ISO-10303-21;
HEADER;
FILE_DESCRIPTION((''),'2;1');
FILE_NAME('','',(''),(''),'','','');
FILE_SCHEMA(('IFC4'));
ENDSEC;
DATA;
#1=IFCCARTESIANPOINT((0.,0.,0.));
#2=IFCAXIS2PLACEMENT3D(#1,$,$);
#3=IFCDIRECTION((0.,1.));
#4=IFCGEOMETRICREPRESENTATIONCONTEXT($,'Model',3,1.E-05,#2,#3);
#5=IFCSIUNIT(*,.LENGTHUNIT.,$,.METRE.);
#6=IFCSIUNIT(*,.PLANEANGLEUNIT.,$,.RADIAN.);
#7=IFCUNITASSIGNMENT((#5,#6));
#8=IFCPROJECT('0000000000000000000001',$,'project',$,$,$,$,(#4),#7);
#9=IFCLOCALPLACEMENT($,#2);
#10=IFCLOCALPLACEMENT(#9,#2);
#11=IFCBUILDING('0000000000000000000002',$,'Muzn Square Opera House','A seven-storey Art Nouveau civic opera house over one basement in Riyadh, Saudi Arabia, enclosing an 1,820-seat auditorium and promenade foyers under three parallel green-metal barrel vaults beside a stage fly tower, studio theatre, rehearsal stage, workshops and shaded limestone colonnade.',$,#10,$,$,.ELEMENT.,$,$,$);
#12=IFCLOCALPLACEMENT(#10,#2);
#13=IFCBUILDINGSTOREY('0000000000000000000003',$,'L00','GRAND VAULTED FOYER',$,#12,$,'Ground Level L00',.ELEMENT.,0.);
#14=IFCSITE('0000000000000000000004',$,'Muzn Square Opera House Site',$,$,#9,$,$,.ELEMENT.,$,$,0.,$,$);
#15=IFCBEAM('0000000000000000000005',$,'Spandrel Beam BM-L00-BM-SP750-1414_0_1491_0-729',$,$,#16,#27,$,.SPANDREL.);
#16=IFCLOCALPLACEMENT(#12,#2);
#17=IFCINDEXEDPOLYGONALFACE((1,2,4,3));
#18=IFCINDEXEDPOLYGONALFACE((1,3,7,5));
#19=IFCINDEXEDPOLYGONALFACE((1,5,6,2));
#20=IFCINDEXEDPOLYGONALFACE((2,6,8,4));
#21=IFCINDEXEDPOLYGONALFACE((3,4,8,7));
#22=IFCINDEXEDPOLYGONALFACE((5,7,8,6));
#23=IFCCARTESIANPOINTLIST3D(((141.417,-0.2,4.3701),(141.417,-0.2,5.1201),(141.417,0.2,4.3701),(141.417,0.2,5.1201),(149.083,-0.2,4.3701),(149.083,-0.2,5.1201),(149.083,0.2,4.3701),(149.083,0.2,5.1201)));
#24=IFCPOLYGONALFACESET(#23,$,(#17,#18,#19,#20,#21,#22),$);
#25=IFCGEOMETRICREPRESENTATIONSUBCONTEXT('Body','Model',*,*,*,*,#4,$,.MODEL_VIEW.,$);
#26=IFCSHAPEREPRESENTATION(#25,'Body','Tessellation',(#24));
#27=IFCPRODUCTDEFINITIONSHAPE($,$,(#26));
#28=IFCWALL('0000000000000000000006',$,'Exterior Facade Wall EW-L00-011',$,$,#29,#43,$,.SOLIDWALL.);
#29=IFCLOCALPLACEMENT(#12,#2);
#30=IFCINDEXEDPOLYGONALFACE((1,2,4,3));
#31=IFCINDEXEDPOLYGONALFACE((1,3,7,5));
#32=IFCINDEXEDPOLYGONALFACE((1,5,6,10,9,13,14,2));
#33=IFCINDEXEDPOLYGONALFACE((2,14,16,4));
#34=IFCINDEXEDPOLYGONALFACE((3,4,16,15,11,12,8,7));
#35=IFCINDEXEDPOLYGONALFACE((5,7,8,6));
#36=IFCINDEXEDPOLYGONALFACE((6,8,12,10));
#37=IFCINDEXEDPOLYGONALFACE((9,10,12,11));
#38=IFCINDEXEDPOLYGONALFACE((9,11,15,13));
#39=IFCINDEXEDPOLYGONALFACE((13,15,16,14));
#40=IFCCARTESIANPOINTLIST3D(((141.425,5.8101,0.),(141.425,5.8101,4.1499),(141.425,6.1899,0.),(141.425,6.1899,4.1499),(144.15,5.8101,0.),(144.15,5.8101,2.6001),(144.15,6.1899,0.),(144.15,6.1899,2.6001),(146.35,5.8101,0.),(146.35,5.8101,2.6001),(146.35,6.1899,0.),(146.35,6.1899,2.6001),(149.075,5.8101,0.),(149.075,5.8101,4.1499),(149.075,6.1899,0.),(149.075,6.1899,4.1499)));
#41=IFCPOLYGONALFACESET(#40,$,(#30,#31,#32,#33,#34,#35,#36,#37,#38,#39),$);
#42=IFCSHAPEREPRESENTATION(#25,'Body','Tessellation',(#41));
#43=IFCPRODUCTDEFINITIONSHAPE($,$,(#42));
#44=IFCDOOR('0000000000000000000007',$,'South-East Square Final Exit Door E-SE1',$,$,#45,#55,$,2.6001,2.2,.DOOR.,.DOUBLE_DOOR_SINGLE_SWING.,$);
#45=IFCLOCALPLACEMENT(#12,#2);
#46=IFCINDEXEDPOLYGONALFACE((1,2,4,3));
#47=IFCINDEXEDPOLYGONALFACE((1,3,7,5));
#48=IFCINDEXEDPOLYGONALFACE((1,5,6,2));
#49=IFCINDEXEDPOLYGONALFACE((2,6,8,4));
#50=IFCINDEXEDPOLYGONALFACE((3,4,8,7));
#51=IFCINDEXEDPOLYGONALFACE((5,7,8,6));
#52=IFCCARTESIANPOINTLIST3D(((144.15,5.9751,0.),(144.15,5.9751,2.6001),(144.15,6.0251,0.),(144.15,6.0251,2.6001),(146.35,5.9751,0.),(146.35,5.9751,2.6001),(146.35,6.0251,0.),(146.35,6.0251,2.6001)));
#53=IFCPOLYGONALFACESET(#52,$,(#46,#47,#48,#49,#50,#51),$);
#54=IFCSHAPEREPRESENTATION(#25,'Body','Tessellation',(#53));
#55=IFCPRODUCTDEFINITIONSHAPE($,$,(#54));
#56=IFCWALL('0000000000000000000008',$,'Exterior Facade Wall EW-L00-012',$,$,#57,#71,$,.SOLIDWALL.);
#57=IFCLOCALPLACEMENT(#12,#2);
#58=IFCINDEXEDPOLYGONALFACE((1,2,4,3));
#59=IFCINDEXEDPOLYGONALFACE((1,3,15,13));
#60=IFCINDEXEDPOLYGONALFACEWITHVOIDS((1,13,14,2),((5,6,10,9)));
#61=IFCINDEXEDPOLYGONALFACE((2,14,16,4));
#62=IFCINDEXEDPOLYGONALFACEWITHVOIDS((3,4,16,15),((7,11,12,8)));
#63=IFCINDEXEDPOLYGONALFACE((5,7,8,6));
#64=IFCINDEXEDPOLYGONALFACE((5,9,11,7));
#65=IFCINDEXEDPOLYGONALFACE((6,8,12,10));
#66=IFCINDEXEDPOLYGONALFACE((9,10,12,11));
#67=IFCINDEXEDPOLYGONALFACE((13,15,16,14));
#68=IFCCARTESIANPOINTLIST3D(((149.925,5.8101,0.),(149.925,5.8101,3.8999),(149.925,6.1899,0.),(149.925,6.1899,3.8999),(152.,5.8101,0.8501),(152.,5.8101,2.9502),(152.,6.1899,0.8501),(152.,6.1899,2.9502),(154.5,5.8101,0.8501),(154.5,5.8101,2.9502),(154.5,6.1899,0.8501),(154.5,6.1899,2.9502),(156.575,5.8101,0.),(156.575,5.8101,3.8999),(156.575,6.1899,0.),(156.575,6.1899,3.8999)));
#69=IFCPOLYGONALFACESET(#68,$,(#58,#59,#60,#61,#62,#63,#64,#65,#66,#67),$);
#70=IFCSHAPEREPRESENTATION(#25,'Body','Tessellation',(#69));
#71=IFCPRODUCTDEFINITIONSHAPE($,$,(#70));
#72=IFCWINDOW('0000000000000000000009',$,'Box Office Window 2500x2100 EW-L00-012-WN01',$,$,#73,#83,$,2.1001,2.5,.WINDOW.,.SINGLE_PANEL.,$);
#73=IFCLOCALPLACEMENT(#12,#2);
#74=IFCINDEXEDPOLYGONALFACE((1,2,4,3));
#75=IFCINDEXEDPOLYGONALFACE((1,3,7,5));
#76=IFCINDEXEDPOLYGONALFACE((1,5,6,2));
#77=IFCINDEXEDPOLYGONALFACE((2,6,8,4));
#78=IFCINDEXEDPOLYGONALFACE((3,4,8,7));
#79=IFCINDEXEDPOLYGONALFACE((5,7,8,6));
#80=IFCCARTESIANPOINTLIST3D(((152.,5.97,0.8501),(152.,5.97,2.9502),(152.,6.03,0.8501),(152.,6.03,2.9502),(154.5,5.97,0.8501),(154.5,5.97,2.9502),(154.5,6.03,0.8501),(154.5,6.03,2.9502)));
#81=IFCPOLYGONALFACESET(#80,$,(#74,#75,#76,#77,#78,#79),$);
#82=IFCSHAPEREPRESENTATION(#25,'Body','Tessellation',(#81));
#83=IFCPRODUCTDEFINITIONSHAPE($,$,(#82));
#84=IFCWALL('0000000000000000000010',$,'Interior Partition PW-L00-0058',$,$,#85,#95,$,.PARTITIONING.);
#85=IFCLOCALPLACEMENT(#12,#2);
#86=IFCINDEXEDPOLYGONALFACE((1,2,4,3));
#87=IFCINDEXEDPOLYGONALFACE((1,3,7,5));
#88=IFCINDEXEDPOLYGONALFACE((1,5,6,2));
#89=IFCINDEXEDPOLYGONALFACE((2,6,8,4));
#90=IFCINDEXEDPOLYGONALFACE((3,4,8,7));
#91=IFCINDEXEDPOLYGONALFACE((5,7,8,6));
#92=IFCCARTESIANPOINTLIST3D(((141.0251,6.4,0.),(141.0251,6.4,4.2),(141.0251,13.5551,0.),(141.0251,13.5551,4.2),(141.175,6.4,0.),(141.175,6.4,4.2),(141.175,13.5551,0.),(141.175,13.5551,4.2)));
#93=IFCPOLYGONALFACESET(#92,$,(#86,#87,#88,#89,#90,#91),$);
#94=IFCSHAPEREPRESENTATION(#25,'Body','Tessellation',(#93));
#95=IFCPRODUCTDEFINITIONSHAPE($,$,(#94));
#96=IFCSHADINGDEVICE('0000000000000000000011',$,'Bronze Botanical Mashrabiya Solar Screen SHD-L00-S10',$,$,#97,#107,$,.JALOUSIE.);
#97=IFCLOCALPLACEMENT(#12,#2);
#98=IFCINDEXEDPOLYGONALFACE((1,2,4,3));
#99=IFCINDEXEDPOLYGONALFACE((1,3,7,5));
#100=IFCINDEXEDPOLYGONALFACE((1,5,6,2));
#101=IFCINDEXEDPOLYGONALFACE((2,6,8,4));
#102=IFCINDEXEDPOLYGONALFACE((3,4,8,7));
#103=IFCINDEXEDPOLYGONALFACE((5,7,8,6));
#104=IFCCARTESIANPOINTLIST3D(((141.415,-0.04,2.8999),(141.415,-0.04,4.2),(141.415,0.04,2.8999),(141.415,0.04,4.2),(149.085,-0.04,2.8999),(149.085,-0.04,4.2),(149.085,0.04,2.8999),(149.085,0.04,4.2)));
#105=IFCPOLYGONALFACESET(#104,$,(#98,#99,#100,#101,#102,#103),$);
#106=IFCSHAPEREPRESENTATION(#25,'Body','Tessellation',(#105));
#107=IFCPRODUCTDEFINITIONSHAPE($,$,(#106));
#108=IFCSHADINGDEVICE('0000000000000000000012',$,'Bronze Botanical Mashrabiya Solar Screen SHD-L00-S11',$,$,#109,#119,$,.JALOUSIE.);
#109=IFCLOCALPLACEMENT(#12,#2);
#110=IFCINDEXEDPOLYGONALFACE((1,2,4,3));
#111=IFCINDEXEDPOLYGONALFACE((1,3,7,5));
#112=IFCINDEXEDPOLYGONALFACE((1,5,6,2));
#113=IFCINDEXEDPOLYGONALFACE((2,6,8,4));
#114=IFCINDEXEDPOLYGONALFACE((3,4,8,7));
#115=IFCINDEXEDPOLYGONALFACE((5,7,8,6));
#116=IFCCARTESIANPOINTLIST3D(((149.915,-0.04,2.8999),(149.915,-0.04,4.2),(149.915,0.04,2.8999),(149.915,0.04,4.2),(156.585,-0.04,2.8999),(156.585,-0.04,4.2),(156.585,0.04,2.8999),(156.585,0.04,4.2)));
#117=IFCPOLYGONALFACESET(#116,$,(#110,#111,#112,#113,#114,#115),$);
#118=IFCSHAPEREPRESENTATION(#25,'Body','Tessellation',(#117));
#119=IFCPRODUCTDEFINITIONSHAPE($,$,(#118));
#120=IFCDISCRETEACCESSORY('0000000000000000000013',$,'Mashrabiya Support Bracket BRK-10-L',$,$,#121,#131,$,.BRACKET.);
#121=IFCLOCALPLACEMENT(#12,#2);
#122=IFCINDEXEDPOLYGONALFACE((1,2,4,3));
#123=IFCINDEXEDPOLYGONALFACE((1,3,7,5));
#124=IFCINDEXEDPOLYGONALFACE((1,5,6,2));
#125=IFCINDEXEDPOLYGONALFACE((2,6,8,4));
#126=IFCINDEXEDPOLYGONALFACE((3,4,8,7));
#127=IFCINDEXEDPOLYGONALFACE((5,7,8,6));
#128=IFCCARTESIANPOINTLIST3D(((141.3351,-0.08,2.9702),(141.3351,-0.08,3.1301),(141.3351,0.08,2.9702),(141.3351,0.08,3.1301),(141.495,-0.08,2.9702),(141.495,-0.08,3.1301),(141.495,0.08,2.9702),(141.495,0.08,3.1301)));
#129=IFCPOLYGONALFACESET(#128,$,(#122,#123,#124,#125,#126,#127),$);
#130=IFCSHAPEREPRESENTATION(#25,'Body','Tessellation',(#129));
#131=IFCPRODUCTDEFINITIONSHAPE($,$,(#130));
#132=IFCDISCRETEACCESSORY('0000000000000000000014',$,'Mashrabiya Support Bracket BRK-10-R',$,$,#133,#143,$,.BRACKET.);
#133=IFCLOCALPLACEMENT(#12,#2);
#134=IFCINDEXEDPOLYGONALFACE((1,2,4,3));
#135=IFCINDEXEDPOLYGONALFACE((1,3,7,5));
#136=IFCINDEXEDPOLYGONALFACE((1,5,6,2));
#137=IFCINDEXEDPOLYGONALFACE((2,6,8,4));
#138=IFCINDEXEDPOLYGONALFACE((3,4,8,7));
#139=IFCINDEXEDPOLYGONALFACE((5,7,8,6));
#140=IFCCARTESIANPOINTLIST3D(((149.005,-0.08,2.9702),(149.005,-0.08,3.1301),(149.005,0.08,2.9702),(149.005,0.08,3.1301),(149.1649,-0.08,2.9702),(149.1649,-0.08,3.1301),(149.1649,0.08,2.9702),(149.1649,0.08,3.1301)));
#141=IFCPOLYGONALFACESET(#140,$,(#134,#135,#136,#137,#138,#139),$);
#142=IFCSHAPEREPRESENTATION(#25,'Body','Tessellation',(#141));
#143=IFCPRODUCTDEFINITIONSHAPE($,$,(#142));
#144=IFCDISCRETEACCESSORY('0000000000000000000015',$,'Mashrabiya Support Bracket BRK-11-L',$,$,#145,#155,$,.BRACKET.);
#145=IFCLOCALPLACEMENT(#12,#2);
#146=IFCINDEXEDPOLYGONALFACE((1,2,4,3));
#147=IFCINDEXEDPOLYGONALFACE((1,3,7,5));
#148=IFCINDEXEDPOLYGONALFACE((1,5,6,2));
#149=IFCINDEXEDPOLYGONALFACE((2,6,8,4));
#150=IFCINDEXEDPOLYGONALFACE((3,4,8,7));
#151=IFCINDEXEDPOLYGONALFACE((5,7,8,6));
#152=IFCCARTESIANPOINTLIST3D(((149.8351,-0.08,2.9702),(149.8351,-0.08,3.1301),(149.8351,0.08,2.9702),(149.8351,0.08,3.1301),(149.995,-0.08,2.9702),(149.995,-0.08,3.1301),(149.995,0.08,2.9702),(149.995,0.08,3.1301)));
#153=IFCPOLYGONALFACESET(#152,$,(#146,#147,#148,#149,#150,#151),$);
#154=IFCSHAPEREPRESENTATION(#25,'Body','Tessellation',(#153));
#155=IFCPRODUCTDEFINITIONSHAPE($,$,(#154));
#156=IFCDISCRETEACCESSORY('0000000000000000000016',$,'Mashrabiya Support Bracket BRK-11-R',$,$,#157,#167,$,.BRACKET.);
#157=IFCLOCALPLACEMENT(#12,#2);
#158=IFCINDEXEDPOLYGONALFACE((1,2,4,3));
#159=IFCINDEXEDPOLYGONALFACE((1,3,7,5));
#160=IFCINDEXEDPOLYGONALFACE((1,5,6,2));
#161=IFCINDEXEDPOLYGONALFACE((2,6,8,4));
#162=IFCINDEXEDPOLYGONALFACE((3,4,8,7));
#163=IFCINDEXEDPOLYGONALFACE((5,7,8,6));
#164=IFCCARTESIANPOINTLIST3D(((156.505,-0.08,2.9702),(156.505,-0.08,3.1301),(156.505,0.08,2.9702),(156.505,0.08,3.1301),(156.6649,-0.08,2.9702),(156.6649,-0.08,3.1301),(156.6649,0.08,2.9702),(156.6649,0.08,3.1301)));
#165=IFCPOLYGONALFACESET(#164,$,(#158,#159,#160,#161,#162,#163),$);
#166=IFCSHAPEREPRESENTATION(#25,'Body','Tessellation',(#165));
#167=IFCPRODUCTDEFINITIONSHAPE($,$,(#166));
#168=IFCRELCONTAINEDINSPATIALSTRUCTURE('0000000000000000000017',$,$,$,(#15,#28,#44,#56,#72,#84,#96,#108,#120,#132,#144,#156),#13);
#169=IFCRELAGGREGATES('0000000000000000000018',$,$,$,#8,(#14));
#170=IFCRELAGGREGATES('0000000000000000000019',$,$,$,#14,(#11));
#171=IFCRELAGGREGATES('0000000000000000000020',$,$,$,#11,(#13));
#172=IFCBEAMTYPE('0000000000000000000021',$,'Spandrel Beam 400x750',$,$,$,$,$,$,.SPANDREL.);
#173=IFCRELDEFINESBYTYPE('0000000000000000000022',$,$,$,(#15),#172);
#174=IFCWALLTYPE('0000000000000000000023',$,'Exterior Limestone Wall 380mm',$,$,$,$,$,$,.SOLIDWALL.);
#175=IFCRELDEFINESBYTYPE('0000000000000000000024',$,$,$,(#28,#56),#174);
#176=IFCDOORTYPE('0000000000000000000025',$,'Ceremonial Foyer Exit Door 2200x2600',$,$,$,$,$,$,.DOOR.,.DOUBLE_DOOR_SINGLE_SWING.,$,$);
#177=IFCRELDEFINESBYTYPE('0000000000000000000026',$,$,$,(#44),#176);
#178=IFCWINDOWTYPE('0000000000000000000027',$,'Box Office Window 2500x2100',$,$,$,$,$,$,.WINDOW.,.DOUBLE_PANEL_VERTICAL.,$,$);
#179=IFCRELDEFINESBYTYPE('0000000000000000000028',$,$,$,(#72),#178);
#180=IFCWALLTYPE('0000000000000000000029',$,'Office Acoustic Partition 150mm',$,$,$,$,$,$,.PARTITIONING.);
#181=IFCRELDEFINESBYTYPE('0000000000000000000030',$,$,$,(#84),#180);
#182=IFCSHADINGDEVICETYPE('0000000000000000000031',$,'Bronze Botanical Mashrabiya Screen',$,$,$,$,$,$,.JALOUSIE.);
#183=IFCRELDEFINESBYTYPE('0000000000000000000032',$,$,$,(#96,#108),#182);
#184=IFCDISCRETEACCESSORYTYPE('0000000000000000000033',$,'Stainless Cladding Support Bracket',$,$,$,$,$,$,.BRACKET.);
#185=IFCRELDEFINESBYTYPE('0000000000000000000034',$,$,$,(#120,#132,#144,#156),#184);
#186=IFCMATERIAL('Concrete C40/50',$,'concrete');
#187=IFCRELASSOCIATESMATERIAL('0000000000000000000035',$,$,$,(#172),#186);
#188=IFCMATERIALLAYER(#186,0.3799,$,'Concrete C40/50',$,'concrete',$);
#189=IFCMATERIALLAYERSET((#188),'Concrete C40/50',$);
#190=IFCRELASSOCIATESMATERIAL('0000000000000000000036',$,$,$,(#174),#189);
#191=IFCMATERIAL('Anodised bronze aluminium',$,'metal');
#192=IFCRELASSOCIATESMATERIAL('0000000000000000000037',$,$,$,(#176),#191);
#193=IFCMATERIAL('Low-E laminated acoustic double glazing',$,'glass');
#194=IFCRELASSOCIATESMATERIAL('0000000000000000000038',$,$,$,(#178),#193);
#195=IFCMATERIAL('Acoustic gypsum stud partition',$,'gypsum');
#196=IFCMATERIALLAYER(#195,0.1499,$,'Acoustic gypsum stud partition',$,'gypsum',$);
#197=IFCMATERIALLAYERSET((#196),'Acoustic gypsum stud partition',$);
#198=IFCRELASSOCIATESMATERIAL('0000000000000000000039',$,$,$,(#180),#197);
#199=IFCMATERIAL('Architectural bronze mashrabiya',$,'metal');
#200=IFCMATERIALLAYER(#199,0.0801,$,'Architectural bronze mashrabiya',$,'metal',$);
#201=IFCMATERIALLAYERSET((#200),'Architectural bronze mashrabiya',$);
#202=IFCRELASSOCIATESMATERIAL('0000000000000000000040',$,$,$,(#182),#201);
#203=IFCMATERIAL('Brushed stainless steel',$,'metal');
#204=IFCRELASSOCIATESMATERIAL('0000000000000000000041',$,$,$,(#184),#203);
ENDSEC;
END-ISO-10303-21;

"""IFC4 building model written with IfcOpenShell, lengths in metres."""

from ifc_helpers import new_model, si_unit, direction, frame, frame_2d, origin, origin_2d, place, context, subcontext, project, spatial, rectangle, extrude, material, layer, layer_set, material_profile, profile_set, type_object, element, fill, save


model = new_model("IFC4")

# Units and contexts
model_context = context("Model", 3, precision=1e-05, world=origin(), true_north=direction((0.0, 1.0)))
body_context = subcontext(model_context, "Body", "Model", "MODEL_VIEW")
ifc_project = project(units=[si_unit("LENGTHUNIT", "METRE"), si_unit("PLANEANGLEUNIT", "RADIAN")], contexts=[model_context])

# Site, building, storey
site_placement = place(None, origin())
site = spatial("IfcSite", under=ifc_project, at=site_placement, Name="Muzn Square Opera House Site", CompositionType="ELEMENT", RefElevation=0.0)
building_placement = place(site_placement, origin())
building = spatial("IfcBuilding", under=site, at=building_placement, Name="Muzn Square Opera House", Description="A seven-storey Art Nouveau civic opera house over one basement in Riyadh, Saudi Arabia, enclosing an 1,820-seat auditorium and promenade foyers under three parallel green-metal barrel vaults beside a stage fly tower, studio theatre, rehearsal stage, workshops and shaded limestone colonnade.", CompositionType="ELEMENT")
storey_placement = place(building_placement, origin())
storey = spatial("IfcBuildingStorey", under=building, at=storey_placement, Name="L00", Description="GRAND VAULTED FOYER", LongName="Ground Level L00", CompositionType="ELEMENT", Elevation=0.0)

# Beam
ifc_material_1 = material(Name="Concrete C40/50", Category="concrete")
ifc_material_profile_1 = material_profile(ifc_material_1, rectangle(XDim=0.3999, YDim=0.75, at=origin_2d()), Name="RCS 400x750", Category="concrete")
ifc_profile_set_1 = profile_set([ifc_material_profile_1], Name="Concrete C40/50")
beam_type_1 = type_object("IfcBeamType", Name="Spandrel Beam 400x750", PredefinedType="SPANDREL", material=ifc_profile_set_1)
beam_1_placement = place(storey_placement, frame((141.417, 0.0, 4.7451), z_axis=(1.0, 0.0, 0.0), x_axis=(0.0, 1.0, 0.0)))
element("IfcBeam", 1, at=beam_1_placement, inside=storey, type_object=beam_type_1, Name="Spandrel Beam BM-L00-BM-SP750-1414_0_1491_0-729", PredefinedType="SPANDREL", context=body_context, shape_type="SweptSolid", body=[
    extrude(rectangle(XDim=0.3999, YDim=0.75, at=origin_2d()), origin(), (0.0, 0.0, 1.0), 7.666),
])

# Wall, opening, door
ifc_layer_1 = layer(ifc_material_1, 0.3799, Name="Concrete C40/50", Category="concrete")
ifc_layer_set_1 = layer_set([ifc_layer_1], Name="Concrete C40/50")
wall_type_1 = type_object("IfcWallType", Name="Exterior Limestone Wall 380mm", PredefinedType="SOLIDWALL", material=ifc_layer_set_1)
wall_1_placement = place(storey_placement, frame((141.425, 6.0, 0.0), z_axis=(0.0, 0.0, 1.0), x_axis=(1.0, 0.0, 0.0)))
wall_1 = element("IfcWall", 2, at=wall_1_placement, inside=storey, type_object=wall_type_1, Name="Exterior Facade Wall EW-L00-011", PredefinedType="SOLIDWALL", context=body_context, shape_type="SweptSolid", body=[
    extrude(rectangle(XDim=7.6499, YDim=0.3799, at=frame_2d((3.825, 0.0))), origin(), (0.0, 0.0, 1.0), 4.1499),
])
opening_1_placement = place(wall_1_placement, frame((4.925, 0.0, 0.0), z_axis=(0.0, 0.0, 1.0), x_axis=(-1.0, 0.0, 0.0)))
opening_1 = element("IfcOpeningElement", 3, at=opening_1_placement, cuts=wall_1, PredefinedType="OPENING", context=body_context, shape_type="SweptSolid", body=[
    extrude(rectangle(XDim=2.2, YDim=2.6001, at=frame_2d((1.1001, 1.3))), frame((0.0, 0.2, 0.0), z_axis=(0.0, -1.0, 0.0), x_axis=(1.0, 0.0, 0.0)), (0.0, 0.0, 1.0), 0.3999),
])
ifc_material_2 = material(Name="Anodised bronze aluminium", Category="metal")
door_type = type_object("IfcDoorType", Name="Ceremonial Foyer Exit Door 2200x2600", OperationType="DOUBLE_DOOR_SINGLE_SWING", PredefinedType="DOOR", material=ifc_material_2)
door_placement = place(opening_1_placement, origin())
door = element("IfcDoor", 4, at=door_placement, inside=storey, type_object=door_type, Name="South-East Square Final Exit Door E-SE1", OperationType="DOUBLE_DOOR_SINGLE_SWING", OverallHeight=2.6001, OverallWidth=2.2, PredefinedType="DOOR", context=body_context, shape_type="SweptSolid", body=[
    extrude(rectangle(XDim=2.2, YDim=2.6001, at=frame_2d((1.1001, 1.3))), frame((0.0, 0.0249, 0.0), z_axis=(0.0, -1.0, 0.0), x_axis=(1.0, 0.0, 0.0)), (0.0, 0.0, 1.0), 0.05),
])
fill(opening_1, door)

# Wall, opening, window
wall_2_placement = place(storey_placement, frame((149.925, 6.0, 0.0), z_axis=(0.0, 0.0, 1.0), x_axis=(1.0, 0.0, 0.0)))
wall_2 = element("IfcWall", 5, at=wall_2_placement, inside=storey, type_object=wall_type_1, Name="Exterior Facade Wall EW-L00-012", PredefinedType="SOLIDWALL", context=body_context, shape_type="SweptSolid", body=[
    extrude(rectangle(XDim=6.6499, YDim=0.3799, at=frame_2d((3.325, 0.0))), origin(), (0.0, 0.0, 1.0), 3.8999),
])
opening_2_placement = place(wall_2_placement, frame((2.075, 0.0, 0.8501)))
opening_2 = element("IfcOpeningElement", 6, at=opening_2_placement, cuts=wall_2, PredefinedType="OPENING", context=body_context, shape_type="SweptSolid", body=[
    extrude(rectangle(XDim=2.5, YDim=2.1001, at=frame_2d((1.25, 1.05))), frame((0.0, 0.2, 0.0), z_axis=(0.0, -1.0, 0.0), x_axis=(1.0, 0.0, 0.0)), (0.0, 0.0, 1.0), 0.3999),
])
ifc_material_3 = material(Name="Low-E laminated acoustic double glazing", Category="glass")
window_type = type_object("IfcWindowType", Name="Box Office Window 2500x2100", PartitioningType="DOUBLE_PANEL_VERTICAL", PredefinedType="WINDOW", material=ifc_material_3)
window_placement = place(opening_2_placement, origin())
window = element("IfcWindow", 7, at=window_placement, inside=storey, type_object=window_type, Name="Box Office Window 2500x2100 EW-L00-012-WN01", OverallHeight=2.1001, OverallWidth=2.5, PartitioningType="SINGLE_PANEL", PredefinedType="WINDOW", context=body_context, shape_type="SweptSolid", body=[
    extrude(rectangle(XDim=2.5, YDim=2.1001, at=frame_2d((1.25, 1.05))), frame((0.0, 0.03, 0.0), z_axis=(0.0, -1.0, 0.0), x_axis=(1.0, 0.0, 0.0)), (0.0, 0.0, 1.0), 0.0601),
])
fill(opening_2, window)

# Wall
ifc_material_4 = material(Name="Acoustic gypsum stud partition", Category="gypsum")
ifc_layer_2 = layer(ifc_material_4, 0.1499, Name="Acoustic gypsum stud partition", Category="gypsum")
ifc_layer_set_2 = layer_set([ifc_layer_2], Name="Acoustic gypsum stud partition")
wall_type_2 = type_object("IfcWallType", Name="Office Acoustic Partition 150mm", PredefinedType="PARTITIONING", material=ifc_layer_set_2)
wall_3_placement = place(storey_placement, frame((141.1001, 6.3999, 0.0), z_axis=(0.0, 0.0, 1.0), x_axis=(0.0, 1.0, 0.0)))
element("IfcWall", 8, at=wall_3_placement, inside=storey, type_object=wall_type_2, Name="Interior Partition PW-L00-0058", PredefinedType="PARTITIONING", context=body_context, shape_type="SweptSolid", body=[
    extrude(rectangle(XDim=7.155, YDim=0.1499, at=frame_2d((3.5776, 0.0))), origin(), (0.0, 0.0, 1.0), 4.2),
])

# Shading devices
ifc_material_5 = material(Name="Architectural bronze mashrabiya", Category="metal")
ifc_layer_3 = layer(ifc_material_5, 0.0801, Name="Architectural bronze mashrabiya", Category="metal")
ifc_layer_set_3 = layer_set([ifc_layer_3], Name="Architectural bronze mashrabiya")
shading_device_type = type_object("IfcShadingDeviceType", Name="Bronze Botanical Mashrabiya Screen", PredefinedType="JALOUSIE", material=ifc_layer_set_3)
shading_device_1_placement = place(storey_placement, frame((145.25, 0.0, 2.8999), z_axis=(0.0, 0.0, 1.0), x_axis=(1.0, 0.0, 0.0)))
element("IfcShadingDevice", 9, at=shading_device_1_placement, inside=storey, type_object=shading_device_type, Name="Bronze Botanical Mashrabiya Solar Screen SHD-L00-S10", PredefinedType="JALOUSIE", context=body_context, shape_type="SweptSolid", body=[
    extrude(rectangle(XDim=7.6699, YDim=0.0801, at=origin_2d()), origin(), (0.0, 0.0, 1.0), 1.3),
])
shading_device_2_placement = place(storey_placement, frame((153.25, 0.0, 2.8999), z_axis=(0.0, 0.0, 1.0), x_axis=(1.0, 0.0, 0.0)))
element("IfcShadingDevice", 10, at=shading_device_2_placement, inside=storey, type_object=shading_device_type, Name="Bronze Botanical Mashrabiya Solar Screen SHD-L00-S11", PredefinedType="JALOUSIE", context=body_context, shape_type="SweptSolid", body=[
    extrude(rectangle(XDim=6.6699, YDim=0.0801, at=origin_2d()), origin(), (0.0, 0.0, 1.0), 1.3),
])

# Discrete accessories
ifc_material_6 = material(Name="Brushed stainless steel", Category="metal")
discrete_accessory_type = type_object("IfcDiscreteAccessoryType", Name="Stainless Cladding Support Bracket", PredefinedType="BRACKET", material=ifc_material_6)
for number, where, z_axis, x_axis, name in (
    (11, (141.415, 0.0, 2.9702), (0.0, 0.0, 1.0), (1.0, 0.0, 0.0), "Mashrabiya Support Bracket BRK-10-L"),
    (12, (149.085, 0.0, 2.9702), (0.0, 0.0, 1.0), (1.0, 0.0, 0.0), "Mashrabiya Support Bracket BRK-10-R"),
    (13, (149.915, 0.0, 2.9702), (0.0, 0.0, 1.0), (1.0, 0.0, 0.0), "Mashrabiya Support Bracket BRK-11-L"),
    (14, (156.585, 0.0, 2.9702), (0.0, 0.0, 1.0), (1.0, 0.0, 0.0), "Mashrabiya Support Bracket BRK-11-R"),
):
    element("IfcDiscreteAccessory", number, at=place(storey_placement, frame(where, z_axis=z_axis, x_axis=x_axis)), inside=storey, type_object=discrete_accessory_type, Name=name, PredefinedType="BRACKET", context=body_context, shape_type="SweptSolid", body=[
        extrude(rectangle(XDim=0.1599, YDim=0.1599, at=origin_2d()), origin(), (0.0, 0.0, 1.0), 0.1599),
    ])

save(model, "model.ifc")
